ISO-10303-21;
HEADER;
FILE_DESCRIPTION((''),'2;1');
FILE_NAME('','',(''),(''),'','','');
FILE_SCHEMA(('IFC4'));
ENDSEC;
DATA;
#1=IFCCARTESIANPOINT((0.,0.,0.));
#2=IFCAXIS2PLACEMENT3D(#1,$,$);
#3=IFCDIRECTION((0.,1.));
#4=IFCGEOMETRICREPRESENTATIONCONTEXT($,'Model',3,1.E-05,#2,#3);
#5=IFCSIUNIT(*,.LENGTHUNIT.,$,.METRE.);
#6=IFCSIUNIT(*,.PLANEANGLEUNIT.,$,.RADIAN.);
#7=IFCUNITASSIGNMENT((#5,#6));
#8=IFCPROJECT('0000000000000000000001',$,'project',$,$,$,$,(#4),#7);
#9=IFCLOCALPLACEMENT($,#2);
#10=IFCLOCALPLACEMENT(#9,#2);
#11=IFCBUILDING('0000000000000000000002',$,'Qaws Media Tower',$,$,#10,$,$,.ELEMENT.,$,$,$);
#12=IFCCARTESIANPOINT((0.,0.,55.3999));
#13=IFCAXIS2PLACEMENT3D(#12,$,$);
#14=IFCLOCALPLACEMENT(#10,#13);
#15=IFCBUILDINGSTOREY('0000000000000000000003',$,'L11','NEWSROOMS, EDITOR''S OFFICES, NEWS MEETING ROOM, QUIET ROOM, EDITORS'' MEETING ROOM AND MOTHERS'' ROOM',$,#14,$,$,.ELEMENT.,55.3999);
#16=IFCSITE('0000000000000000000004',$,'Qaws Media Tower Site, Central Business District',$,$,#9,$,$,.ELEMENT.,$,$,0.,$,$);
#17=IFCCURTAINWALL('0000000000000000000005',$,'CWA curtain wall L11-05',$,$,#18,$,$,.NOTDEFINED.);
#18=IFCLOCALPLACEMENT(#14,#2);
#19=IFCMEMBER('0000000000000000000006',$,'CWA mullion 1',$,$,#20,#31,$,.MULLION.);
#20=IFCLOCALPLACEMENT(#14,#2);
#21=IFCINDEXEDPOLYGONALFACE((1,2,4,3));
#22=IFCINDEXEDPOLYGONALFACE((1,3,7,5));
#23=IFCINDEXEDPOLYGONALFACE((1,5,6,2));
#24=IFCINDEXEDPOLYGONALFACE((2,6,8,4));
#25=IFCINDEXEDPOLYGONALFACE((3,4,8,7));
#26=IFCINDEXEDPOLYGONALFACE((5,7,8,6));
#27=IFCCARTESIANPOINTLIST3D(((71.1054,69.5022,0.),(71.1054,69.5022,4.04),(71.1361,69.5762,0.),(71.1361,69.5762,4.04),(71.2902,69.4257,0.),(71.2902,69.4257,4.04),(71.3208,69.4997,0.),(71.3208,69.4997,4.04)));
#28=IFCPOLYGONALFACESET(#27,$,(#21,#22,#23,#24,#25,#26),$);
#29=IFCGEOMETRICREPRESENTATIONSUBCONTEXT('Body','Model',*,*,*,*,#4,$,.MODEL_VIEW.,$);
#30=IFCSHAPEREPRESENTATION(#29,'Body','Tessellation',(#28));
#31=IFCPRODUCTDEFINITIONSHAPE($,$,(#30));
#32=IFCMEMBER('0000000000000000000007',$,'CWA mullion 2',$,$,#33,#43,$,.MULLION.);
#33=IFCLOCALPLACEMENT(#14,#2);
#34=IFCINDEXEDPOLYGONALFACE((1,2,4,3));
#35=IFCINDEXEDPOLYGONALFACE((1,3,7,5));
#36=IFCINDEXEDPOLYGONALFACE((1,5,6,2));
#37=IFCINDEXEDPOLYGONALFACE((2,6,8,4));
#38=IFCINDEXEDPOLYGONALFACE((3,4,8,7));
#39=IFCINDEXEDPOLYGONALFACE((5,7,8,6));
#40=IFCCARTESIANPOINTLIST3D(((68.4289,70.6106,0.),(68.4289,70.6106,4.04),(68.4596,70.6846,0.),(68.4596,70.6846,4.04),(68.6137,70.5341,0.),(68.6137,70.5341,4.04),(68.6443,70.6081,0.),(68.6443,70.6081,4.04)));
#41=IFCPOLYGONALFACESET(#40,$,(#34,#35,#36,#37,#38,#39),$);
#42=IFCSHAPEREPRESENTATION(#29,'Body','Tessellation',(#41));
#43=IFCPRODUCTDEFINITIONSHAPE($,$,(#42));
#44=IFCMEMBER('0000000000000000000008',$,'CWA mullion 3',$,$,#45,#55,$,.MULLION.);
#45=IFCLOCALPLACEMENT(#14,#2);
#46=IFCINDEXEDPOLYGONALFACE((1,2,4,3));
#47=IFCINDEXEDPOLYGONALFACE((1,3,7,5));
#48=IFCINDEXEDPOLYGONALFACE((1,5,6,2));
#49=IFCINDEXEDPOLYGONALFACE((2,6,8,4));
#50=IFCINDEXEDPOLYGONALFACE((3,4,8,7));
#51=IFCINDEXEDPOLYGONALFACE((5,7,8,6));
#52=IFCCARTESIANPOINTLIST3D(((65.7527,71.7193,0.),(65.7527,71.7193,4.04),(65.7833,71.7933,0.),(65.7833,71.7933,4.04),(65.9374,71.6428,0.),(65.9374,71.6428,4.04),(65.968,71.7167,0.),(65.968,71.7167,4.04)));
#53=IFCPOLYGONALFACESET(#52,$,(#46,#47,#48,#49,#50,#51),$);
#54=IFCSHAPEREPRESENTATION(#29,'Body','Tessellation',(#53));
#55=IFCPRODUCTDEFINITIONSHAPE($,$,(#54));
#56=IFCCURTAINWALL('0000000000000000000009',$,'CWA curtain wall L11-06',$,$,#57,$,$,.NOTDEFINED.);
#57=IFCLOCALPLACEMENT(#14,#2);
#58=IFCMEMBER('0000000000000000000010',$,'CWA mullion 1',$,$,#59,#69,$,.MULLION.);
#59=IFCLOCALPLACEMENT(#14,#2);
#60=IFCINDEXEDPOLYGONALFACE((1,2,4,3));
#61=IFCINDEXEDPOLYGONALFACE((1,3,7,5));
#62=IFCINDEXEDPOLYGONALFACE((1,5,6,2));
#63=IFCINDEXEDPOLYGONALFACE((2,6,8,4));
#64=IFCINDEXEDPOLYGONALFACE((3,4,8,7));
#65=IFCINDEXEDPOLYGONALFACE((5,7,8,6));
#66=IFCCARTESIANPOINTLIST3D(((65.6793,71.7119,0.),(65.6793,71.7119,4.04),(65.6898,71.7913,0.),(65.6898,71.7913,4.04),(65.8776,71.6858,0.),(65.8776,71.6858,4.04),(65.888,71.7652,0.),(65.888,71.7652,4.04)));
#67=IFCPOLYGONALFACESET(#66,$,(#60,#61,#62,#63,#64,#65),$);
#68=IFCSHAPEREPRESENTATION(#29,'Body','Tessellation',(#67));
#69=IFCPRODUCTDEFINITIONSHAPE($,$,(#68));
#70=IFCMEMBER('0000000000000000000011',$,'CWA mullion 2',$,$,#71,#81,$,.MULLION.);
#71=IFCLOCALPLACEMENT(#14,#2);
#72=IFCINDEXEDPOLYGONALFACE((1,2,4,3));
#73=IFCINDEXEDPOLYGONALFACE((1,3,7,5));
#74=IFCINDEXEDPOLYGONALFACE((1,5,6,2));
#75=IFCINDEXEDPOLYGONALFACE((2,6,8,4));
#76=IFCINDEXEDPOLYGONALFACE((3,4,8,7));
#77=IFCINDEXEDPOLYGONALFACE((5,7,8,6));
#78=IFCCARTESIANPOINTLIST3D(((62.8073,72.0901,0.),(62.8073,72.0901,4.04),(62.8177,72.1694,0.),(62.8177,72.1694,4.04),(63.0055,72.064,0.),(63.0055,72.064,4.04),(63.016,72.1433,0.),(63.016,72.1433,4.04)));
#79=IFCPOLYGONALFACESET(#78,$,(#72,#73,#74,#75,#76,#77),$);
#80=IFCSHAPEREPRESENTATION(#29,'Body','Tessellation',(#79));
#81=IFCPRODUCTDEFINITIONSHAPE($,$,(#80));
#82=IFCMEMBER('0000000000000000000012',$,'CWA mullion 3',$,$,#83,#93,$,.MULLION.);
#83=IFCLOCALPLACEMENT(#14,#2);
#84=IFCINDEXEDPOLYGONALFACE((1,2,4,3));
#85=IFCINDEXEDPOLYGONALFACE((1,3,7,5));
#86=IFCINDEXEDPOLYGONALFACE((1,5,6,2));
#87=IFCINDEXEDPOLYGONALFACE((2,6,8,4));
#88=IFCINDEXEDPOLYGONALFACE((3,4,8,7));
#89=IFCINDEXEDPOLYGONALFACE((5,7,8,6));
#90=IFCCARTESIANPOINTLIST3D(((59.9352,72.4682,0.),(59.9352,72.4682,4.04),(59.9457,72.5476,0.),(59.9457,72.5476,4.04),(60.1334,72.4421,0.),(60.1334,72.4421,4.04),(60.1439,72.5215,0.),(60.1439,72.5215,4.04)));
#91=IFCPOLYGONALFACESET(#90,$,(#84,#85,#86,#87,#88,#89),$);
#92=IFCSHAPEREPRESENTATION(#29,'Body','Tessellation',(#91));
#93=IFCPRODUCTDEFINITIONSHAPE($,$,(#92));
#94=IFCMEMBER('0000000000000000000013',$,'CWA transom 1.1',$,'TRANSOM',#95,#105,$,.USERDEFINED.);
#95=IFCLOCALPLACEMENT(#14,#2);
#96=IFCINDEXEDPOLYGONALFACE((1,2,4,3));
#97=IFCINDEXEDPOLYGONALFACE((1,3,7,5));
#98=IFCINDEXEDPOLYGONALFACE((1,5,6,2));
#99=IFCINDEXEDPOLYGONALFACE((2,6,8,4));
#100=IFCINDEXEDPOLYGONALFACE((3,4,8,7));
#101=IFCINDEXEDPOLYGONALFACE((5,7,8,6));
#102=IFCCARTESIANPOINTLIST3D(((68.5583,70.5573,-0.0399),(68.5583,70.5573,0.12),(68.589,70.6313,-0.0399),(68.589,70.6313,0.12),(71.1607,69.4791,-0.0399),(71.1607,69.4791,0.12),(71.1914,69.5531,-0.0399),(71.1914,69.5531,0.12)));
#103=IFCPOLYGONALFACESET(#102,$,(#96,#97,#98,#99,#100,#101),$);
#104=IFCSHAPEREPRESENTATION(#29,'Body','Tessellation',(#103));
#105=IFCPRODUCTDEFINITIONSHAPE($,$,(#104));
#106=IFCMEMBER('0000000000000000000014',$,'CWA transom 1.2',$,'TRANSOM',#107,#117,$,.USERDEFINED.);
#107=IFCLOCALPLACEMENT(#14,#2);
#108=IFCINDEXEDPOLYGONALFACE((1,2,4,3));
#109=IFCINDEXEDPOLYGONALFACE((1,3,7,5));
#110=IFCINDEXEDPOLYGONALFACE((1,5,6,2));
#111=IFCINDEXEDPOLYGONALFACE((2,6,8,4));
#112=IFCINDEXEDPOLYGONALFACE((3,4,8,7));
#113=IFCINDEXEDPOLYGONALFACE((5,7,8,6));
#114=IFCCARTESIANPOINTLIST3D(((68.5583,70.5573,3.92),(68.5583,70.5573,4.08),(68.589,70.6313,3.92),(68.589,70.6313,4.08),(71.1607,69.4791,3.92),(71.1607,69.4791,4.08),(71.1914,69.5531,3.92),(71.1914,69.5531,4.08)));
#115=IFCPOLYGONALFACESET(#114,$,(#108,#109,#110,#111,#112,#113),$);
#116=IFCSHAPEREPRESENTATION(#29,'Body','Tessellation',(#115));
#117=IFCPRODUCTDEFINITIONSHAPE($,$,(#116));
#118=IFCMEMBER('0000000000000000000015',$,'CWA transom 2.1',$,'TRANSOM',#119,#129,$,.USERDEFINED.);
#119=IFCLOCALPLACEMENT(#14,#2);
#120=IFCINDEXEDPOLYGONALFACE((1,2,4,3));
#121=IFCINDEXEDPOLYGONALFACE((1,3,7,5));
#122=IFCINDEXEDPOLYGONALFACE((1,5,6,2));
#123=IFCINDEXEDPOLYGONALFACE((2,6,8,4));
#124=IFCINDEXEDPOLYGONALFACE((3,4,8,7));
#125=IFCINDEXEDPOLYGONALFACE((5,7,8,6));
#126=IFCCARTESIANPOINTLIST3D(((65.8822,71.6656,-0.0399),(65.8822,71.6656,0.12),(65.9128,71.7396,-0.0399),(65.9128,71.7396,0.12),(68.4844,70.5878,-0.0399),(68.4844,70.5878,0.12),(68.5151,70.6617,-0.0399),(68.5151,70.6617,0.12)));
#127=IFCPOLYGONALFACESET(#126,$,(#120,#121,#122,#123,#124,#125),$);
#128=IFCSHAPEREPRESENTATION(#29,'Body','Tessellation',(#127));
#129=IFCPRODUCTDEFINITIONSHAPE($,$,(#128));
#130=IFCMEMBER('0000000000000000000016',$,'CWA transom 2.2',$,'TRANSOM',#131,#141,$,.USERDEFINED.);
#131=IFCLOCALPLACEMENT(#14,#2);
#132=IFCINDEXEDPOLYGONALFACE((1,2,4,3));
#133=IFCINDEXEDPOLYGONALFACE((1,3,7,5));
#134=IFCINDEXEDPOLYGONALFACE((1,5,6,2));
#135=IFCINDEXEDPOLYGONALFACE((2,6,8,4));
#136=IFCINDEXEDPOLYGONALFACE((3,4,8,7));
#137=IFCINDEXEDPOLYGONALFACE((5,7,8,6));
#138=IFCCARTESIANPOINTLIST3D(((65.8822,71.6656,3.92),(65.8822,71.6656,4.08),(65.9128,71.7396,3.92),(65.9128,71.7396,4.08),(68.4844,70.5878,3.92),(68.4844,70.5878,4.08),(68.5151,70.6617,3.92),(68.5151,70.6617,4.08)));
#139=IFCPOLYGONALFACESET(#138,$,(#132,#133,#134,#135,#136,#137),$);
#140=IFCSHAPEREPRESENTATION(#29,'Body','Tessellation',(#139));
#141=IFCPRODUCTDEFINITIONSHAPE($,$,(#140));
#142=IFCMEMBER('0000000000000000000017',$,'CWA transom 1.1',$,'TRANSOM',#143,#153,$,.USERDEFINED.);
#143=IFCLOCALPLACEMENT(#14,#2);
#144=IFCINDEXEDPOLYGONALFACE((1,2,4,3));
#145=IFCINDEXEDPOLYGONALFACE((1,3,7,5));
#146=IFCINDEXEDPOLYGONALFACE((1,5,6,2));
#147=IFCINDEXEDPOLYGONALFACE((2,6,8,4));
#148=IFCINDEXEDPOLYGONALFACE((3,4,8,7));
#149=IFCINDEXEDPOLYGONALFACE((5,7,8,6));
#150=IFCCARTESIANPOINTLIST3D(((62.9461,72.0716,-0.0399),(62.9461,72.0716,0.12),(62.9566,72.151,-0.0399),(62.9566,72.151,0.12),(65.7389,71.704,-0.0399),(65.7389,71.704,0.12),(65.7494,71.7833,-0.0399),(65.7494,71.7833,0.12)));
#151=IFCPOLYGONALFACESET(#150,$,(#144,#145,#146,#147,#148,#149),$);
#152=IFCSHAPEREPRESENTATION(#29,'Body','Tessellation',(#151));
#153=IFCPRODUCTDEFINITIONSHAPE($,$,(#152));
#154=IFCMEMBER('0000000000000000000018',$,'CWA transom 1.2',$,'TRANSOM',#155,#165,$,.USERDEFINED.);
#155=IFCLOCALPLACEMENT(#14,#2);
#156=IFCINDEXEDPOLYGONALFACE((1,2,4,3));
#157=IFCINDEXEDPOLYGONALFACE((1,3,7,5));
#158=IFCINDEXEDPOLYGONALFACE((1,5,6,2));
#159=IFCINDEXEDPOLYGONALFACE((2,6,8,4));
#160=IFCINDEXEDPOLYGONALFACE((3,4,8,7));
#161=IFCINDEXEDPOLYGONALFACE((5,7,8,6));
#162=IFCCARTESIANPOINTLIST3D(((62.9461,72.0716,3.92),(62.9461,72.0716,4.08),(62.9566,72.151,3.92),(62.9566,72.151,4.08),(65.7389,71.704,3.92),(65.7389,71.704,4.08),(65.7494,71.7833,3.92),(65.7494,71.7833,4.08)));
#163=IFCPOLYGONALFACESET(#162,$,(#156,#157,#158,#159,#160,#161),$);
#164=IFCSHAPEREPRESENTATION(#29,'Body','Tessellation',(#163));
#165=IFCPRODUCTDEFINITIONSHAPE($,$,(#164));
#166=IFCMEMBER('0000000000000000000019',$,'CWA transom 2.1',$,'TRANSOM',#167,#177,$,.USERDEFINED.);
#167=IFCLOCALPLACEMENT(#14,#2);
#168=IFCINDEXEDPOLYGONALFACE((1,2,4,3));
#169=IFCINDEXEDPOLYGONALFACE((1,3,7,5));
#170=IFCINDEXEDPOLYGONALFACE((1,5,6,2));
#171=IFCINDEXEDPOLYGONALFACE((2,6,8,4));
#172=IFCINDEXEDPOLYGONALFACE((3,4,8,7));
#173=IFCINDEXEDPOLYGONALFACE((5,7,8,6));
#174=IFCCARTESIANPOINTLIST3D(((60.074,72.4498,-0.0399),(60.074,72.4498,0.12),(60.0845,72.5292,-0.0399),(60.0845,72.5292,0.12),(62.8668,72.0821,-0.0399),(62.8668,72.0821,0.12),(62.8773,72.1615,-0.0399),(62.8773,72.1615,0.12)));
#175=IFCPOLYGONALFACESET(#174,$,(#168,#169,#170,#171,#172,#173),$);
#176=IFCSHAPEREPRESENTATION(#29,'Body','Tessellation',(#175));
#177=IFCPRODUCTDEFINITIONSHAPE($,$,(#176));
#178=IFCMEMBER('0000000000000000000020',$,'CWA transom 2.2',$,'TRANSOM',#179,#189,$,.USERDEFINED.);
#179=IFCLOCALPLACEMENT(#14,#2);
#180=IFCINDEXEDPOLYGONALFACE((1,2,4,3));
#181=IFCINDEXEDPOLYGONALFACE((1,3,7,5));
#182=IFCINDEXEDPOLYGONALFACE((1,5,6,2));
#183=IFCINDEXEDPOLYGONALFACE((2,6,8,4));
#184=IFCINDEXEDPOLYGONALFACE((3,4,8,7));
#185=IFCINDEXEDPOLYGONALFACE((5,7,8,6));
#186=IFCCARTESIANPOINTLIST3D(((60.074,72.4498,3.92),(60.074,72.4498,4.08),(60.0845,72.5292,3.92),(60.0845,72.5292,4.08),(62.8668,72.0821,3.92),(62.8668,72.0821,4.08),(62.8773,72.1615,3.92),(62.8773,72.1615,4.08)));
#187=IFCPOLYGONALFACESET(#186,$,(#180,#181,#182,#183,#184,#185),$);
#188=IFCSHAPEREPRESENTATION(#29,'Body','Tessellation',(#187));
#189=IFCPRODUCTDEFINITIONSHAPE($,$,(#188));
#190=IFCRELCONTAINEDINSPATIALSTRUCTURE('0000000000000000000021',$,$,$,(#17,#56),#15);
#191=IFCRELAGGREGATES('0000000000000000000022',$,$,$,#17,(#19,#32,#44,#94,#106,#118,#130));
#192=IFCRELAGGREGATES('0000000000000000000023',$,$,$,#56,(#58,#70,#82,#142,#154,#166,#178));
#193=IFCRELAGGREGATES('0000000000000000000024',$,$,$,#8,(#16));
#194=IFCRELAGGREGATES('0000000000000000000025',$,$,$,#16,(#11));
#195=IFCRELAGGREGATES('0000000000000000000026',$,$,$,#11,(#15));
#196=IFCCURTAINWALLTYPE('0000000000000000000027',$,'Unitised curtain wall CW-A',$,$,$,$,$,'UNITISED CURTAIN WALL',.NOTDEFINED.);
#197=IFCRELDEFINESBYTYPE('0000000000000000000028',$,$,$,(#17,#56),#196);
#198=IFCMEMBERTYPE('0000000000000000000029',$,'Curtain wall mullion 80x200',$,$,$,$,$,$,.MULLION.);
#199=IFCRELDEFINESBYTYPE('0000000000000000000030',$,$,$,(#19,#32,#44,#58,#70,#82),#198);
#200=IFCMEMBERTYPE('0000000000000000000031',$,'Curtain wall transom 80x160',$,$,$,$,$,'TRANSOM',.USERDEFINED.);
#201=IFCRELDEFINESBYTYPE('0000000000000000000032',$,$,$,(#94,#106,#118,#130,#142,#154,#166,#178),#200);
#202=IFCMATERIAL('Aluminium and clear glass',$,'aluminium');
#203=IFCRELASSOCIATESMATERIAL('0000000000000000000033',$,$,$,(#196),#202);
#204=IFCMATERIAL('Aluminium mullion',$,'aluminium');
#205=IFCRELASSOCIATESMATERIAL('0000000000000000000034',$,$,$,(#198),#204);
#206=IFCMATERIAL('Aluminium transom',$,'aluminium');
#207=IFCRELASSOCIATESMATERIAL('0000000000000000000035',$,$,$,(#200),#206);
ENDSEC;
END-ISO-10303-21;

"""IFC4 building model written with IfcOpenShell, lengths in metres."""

from ifc_helpers import new_model, si_unit, direction, frame, origin, origin_2d, place, context, subcontext, project, spatial, rectangle, extrude, material, material_profile, profile_set, type_object, element, aggregate, save


model = new_model("IFC4")

# Units and contexts
model_context = context("Model", 3, precision=1e-05, world=origin(), true_north=direction((0.0, 1.0)))
body_context = subcontext(model_context, "Body", "Model", "MODEL_VIEW")
ifc_project = project(units=[si_unit("LENGTHUNIT", "METRE"), si_unit("PLANEANGLEUNIT", "RADIAN")], contexts=[model_context])

# Site, building, storey
site_placement = place(None, origin())
site = spatial("IfcSite", under=ifc_project, at=site_placement, Name="Qaws Media Tower Site, Central Business District", CompositionType="ELEMENT", RefElevation=0.0)
building_placement = place(site_placement, origin())
building = spatial("IfcBuilding", under=site, at=building_placement, Name="Qaws Media Tower", CompositionType="ELEMENT")
storey_placement = place(building_placement, frame((0.0, 0.0, 55.3999)))
storey = spatial("IfcBuildingStorey", under=building, at=storey_placement, Name="L11", Description="NEWSROOMS, EDITOR'S OFFICES, NEWS MEETING ROOM, QUIET ROOM, EDITORS' MEETING ROOM AND MOTHERS' ROOM", CompositionType="ELEMENT", Elevation=55.3999)

# Curtain walls, members
ifc_material_1 = material(Name="Aluminium and clear glass", Category="aluminium")
curtain_wall_type = type_object("IfcCurtainWallType", Name="Unitised curtain wall CW-A", ElementType="UNITISED CURTAIN WALL", PredefinedType="NOTDEFINED", material=ifc_material_1)
curtain_wall_1_placement = place(storey_placement, origin())
curtain_wall_1 = element("IfcCurtainWall", 1, at=curtain_wall_1_placement, inside=storey, type_object=curtain_wall_type, Name="CWA curtain wall L11-05", PredefinedType="NOTDEFINED")
ifc_material_2 = material(Name="Aluminium mullion", Category="aluminium")
ifc_material_profile_1 = material_profile(ifc_material_2, rectangle(XDim=0.0801, YDim=0.2, at=origin_2d()), Name="80x200")
ifc_profile_set_1 = profile_set([ifc_material_profile_1], Name="Aluminium mullion")
member_type_1 = type_object("IfcMemberType", Name="Curtain wall mullion 80x200", PredefinedType="MULLION", material=ifc_profile_set_1)
member_1_placement = place(storey_placement, frame((71.2131, 69.501, 0.0), z_axis=(0.0, 0.0, 1.0), x_axis=(-0.382683, -0.92388, 0.0)))
member_1 = element("IfcMember", 2, at=member_1_placement, type_object=member_type_1, Name="CWA mullion 1", PredefinedType="MULLION", context=body_context, shape_type="SweptSolid", body=[
    extrude(rectangle(XDim=0.0801, YDim=0.2, at=origin_2d()), origin(), (0.0, 0.0, 1.0), 4.04),
])
member_2_placement = place(storey_placement, frame((68.5366, 70.6094, 0.0), z_axis=(0.0, 0.0, 1.0), x_axis=(-0.382683, -0.92388, 0.0)))
member_2 = element("IfcMember", 3, at=member_2_placement, type_object=member_type_1, Name="CWA mullion 2", PredefinedType="MULLION", context=body_context, shape_type="SweptSolid", body=[
    extrude(rectangle(XDim=0.0801, YDim=0.2, at=origin_2d()), origin(), (0.0, 0.0, 1.0), 4.04),
])
member_3_placement = place(storey_placement, frame((65.8604, 71.718, 0.0), z_axis=(0.0, 0.0, 1.0), x_axis=(-0.382683, -0.92388, 0.0)))
member_3 = element("IfcMember", 4, at=member_3_placement, type_object=member_type_1, Name="CWA mullion 3", PredefinedType="MULLION", context=body_context, shape_type="SweptSolid", body=[
    extrude(rectangle(XDim=0.0801, YDim=0.2, at=origin_2d()), origin(), (0.0, 0.0, 1.0), 4.04),
])
curtain_wall_2_placement = place(storey_placement, origin())
curtain_wall_2 = element("IfcCurtainWall", 5, at=curtain_wall_2_placement, inside=storey, type_object=curtain_wall_type, Name="CWA curtain wall L11-06", PredefinedType="NOTDEFINED")
member_4_placement = place(storey_placement, frame((65.7837, 71.7385, 0.0), z_axis=(0.0, 0.0, 1.0), x_axis=(-0.130526, -0.991445, 0.0)))
member_4 = element("IfcMember", 6, at=member_4_placement, type_object=member_type_1, Name="CWA mullion 1", PredefinedType="MULLION", context=body_context, shape_type="SweptSolid", body=[
    extrude(rectangle(XDim=0.0801, YDim=0.2, at=origin_2d()), origin(), (0.0, 0.0, 1.0), 4.04),
])
member_5_placement = place(storey_placement, frame((62.9116, 72.1167, 0.0), z_axis=(0.0, 0.0, 1.0), x_axis=(-0.130526, -0.991445, 0.0)))
member_5 = element("IfcMember", 7, at=member_5_placement, type_object=member_type_1, Name="CWA mullion 2", PredefinedType="MULLION", context=body_context, shape_type="SweptSolid", body=[
    extrude(rectangle(XDim=0.0801, YDim=0.2, at=origin_2d()), origin(), (0.0, 0.0, 1.0), 4.04),
])
member_6_placement = place(storey_placement, frame((60.0396, 72.4949, 0.0), z_axis=(0.0, 0.0, 1.0), x_axis=(-0.130526, -0.991445, 0.0)))
member_6 = element("IfcMember", 8, at=member_6_placement, type_object=member_type_1, Name="CWA mullion 3", PredefinedType="MULLION", context=body_context, shape_type="SweptSolid", body=[
    extrude(rectangle(XDim=0.0801, YDim=0.2, at=origin_2d()), origin(), (0.0, 0.0, 1.0), 4.04),
])

# Members
ifc_material_3 = material(Name="Aluminium transom", Category="aluminium")
ifc_material_profile_2 = material_profile(ifc_material_3, rectangle(XDim=0.0801, YDim=0.1599, at=origin_2d()), Name="80x160")
ifc_profile_set_2 = profile_set([ifc_material_profile_2], Name="Aluminium transom")
member_type_2 = type_object("IfcMemberType", Name="Curtain wall transom 80x160", ElementType="TRANSOM", PredefinedType="USERDEFINED", material=ifc_profile_set_2)
member_7_placement = place(storey_placement, frame((71.176, 69.5161, 0.04), z_axis=(-0.923852, 0.38275, 0.0), x_axis=(-0.38275, -0.923852, 0.0)))
member_7 = element("IfcMember", 9, at=member_7_placement, type_object=member_type_2, Name="CWA transom 1.1", ObjectType="TRANSOM", PredefinedType="USERDEFINED", context=body_context, shape_type="SweptSolid", body=[
    extrude(rectangle(XDim=0.0801, YDim=0.1599, at=origin_2d()), origin(), (0.0, 0.0, 1.0), 2.8169),
])
member_8_placement = place(storey_placement, frame((71.176, 69.5161, 4.0), z_axis=(-0.923852, 0.38275, 0.0), x_axis=(-0.38275, -0.923852, 0.0)))
member_8 = element("IfcMember", 10, at=member_8_placement, type_object=member_type_2, Name="CWA transom 1.2", ObjectType="TRANSOM", PredefinedType="USERDEFINED", context=body_context, shape_type="SweptSolid", body=[
    extrude(rectangle(XDim=0.0801, YDim=0.1599, at=origin_2d()), origin(), (0.0, 0.0, 1.0), 2.8169),
])
member_9_placement = place(storey_placement, frame((68.4998, 70.6248, 0.04), z_axis=(-0.923883, 0.382676, 0.0), x_axis=(-0.382676, -0.923883, 0.0)))
member_9 = element("IfcMember", 11, at=member_9_placement, type_object=member_type_2, Name="CWA transom 2.1", ObjectType="TRANSOM", PredefinedType="USERDEFINED", context=body_context, shape_type="SweptSolid", body=[
    extrude(rectangle(XDim=0.0801, YDim=0.1599, at=origin_2d()), origin(), (0.0, 0.0, 1.0), 2.8167),
])
member_10_placement = place(storey_placement, frame((68.4998, 70.6248, 4.0), z_axis=(-0.923883, 0.382676, 0.0), x_axis=(-0.382676, -0.923883, 0.0)))
member_10 = element("IfcMember", 12, at=member_10_placement, type_object=member_type_2, Name="CWA transom 2.2", ObjectType="TRANSOM", PredefinedType="USERDEFINED", context=body_context, shape_type="SweptSolid", body=[
    extrude(rectangle(XDim=0.0801, YDim=0.1599, at=origin_2d()), origin(), (0.0, 0.0, 1.0), 2.8167),
])
member_11_placement = place(storey_placement, frame((65.7441, 71.7437, 0.04), z_axis=(-0.991445, 0.130528, 0.0), x_axis=(-0.130528, -0.991445, 0.0)))
member_11 = element("IfcMember", 13, at=member_11_placement, type_object=member_type_2, Name="CWA transom 1.1", ObjectType="TRANSOM", PredefinedType="USERDEFINED", context=body_context, shape_type="SweptSolid", body=[
    extrude(rectangle(XDim=0.0801, YDim=0.1599, at=origin_2d()), origin(), (0.0, 0.0, 1.0), 2.8169),
])
member_12_placement = place(storey_placement, frame((65.7441, 71.7437, 4.0), z_axis=(-0.991445, 0.130528, 0.0), x_axis=(-0.130528, -0.991445, 0.0)))
member_12 = element("IfcMember", 14, at=member_12_placement, type_object=member_type_2, Name="CWA transom 1.2", ObjectType="TRANSOM", PredefinedType="USERDEFINED", context=body_context, shape_type="SweptSolid", body=[
    extrude(rectangle(XDim=0.0801, YDim=0.1599, at=origin_2d()), origin(), (0.0, 0.0, 1.0), 2.8169),
])
member_13_placement = place(storey_placement, frame((62.8721, 72.1218, 0.04), z_axis=(-0.991445, 0.130528, 0.0), x_axis=(-0.130528, -0.991445, 0.0)))
member_13 = element("IfcMember", 15, at=member_13_placement, type_object=member_type_2, Name="CWA transom 2.1", ObjectType="TRANSOM", PredefinedType="USERDEFINED", context=body_context, shape_type="SweptSolid", body=[
    extrude(rectangle(XDim=0.0801, YDim=0.1599, at=origin_2d()), origin(), (0.0, 0.0, 1.0), 2.8169),
])
member_14_placement = place(storey_placement, frame((62.8721, 72.1218, 4.0), z_axis=(-0.991445, 0.130528, 0.0), x_axis=(-0.130528, -0.991445, 0.0)))
member_14 = element("IfcMember", 16, at=member_14_placement, type_object=member_type_2, Name="CWA transom 2.2", ObjectType="TRANSOM", PredefinedType="USERDEFINED", context=body_context, shape_type="SweptSolid", body=[
    extrude(rectangle(XDim=0.0801, YDim=0.1599, at=origin_2d()), origin(), (0.0, 0.0, 1.0), 2.8169),
])

aggregate(curtain_wall_1, [member_1, member_2, member_3, member_7, member_8, member_9, member_10])
aggregate(curtain_wall_2, [member_4, member_5, member_6, member_11, member_12, member_13, member_14])

save(model, "model.ifc")
